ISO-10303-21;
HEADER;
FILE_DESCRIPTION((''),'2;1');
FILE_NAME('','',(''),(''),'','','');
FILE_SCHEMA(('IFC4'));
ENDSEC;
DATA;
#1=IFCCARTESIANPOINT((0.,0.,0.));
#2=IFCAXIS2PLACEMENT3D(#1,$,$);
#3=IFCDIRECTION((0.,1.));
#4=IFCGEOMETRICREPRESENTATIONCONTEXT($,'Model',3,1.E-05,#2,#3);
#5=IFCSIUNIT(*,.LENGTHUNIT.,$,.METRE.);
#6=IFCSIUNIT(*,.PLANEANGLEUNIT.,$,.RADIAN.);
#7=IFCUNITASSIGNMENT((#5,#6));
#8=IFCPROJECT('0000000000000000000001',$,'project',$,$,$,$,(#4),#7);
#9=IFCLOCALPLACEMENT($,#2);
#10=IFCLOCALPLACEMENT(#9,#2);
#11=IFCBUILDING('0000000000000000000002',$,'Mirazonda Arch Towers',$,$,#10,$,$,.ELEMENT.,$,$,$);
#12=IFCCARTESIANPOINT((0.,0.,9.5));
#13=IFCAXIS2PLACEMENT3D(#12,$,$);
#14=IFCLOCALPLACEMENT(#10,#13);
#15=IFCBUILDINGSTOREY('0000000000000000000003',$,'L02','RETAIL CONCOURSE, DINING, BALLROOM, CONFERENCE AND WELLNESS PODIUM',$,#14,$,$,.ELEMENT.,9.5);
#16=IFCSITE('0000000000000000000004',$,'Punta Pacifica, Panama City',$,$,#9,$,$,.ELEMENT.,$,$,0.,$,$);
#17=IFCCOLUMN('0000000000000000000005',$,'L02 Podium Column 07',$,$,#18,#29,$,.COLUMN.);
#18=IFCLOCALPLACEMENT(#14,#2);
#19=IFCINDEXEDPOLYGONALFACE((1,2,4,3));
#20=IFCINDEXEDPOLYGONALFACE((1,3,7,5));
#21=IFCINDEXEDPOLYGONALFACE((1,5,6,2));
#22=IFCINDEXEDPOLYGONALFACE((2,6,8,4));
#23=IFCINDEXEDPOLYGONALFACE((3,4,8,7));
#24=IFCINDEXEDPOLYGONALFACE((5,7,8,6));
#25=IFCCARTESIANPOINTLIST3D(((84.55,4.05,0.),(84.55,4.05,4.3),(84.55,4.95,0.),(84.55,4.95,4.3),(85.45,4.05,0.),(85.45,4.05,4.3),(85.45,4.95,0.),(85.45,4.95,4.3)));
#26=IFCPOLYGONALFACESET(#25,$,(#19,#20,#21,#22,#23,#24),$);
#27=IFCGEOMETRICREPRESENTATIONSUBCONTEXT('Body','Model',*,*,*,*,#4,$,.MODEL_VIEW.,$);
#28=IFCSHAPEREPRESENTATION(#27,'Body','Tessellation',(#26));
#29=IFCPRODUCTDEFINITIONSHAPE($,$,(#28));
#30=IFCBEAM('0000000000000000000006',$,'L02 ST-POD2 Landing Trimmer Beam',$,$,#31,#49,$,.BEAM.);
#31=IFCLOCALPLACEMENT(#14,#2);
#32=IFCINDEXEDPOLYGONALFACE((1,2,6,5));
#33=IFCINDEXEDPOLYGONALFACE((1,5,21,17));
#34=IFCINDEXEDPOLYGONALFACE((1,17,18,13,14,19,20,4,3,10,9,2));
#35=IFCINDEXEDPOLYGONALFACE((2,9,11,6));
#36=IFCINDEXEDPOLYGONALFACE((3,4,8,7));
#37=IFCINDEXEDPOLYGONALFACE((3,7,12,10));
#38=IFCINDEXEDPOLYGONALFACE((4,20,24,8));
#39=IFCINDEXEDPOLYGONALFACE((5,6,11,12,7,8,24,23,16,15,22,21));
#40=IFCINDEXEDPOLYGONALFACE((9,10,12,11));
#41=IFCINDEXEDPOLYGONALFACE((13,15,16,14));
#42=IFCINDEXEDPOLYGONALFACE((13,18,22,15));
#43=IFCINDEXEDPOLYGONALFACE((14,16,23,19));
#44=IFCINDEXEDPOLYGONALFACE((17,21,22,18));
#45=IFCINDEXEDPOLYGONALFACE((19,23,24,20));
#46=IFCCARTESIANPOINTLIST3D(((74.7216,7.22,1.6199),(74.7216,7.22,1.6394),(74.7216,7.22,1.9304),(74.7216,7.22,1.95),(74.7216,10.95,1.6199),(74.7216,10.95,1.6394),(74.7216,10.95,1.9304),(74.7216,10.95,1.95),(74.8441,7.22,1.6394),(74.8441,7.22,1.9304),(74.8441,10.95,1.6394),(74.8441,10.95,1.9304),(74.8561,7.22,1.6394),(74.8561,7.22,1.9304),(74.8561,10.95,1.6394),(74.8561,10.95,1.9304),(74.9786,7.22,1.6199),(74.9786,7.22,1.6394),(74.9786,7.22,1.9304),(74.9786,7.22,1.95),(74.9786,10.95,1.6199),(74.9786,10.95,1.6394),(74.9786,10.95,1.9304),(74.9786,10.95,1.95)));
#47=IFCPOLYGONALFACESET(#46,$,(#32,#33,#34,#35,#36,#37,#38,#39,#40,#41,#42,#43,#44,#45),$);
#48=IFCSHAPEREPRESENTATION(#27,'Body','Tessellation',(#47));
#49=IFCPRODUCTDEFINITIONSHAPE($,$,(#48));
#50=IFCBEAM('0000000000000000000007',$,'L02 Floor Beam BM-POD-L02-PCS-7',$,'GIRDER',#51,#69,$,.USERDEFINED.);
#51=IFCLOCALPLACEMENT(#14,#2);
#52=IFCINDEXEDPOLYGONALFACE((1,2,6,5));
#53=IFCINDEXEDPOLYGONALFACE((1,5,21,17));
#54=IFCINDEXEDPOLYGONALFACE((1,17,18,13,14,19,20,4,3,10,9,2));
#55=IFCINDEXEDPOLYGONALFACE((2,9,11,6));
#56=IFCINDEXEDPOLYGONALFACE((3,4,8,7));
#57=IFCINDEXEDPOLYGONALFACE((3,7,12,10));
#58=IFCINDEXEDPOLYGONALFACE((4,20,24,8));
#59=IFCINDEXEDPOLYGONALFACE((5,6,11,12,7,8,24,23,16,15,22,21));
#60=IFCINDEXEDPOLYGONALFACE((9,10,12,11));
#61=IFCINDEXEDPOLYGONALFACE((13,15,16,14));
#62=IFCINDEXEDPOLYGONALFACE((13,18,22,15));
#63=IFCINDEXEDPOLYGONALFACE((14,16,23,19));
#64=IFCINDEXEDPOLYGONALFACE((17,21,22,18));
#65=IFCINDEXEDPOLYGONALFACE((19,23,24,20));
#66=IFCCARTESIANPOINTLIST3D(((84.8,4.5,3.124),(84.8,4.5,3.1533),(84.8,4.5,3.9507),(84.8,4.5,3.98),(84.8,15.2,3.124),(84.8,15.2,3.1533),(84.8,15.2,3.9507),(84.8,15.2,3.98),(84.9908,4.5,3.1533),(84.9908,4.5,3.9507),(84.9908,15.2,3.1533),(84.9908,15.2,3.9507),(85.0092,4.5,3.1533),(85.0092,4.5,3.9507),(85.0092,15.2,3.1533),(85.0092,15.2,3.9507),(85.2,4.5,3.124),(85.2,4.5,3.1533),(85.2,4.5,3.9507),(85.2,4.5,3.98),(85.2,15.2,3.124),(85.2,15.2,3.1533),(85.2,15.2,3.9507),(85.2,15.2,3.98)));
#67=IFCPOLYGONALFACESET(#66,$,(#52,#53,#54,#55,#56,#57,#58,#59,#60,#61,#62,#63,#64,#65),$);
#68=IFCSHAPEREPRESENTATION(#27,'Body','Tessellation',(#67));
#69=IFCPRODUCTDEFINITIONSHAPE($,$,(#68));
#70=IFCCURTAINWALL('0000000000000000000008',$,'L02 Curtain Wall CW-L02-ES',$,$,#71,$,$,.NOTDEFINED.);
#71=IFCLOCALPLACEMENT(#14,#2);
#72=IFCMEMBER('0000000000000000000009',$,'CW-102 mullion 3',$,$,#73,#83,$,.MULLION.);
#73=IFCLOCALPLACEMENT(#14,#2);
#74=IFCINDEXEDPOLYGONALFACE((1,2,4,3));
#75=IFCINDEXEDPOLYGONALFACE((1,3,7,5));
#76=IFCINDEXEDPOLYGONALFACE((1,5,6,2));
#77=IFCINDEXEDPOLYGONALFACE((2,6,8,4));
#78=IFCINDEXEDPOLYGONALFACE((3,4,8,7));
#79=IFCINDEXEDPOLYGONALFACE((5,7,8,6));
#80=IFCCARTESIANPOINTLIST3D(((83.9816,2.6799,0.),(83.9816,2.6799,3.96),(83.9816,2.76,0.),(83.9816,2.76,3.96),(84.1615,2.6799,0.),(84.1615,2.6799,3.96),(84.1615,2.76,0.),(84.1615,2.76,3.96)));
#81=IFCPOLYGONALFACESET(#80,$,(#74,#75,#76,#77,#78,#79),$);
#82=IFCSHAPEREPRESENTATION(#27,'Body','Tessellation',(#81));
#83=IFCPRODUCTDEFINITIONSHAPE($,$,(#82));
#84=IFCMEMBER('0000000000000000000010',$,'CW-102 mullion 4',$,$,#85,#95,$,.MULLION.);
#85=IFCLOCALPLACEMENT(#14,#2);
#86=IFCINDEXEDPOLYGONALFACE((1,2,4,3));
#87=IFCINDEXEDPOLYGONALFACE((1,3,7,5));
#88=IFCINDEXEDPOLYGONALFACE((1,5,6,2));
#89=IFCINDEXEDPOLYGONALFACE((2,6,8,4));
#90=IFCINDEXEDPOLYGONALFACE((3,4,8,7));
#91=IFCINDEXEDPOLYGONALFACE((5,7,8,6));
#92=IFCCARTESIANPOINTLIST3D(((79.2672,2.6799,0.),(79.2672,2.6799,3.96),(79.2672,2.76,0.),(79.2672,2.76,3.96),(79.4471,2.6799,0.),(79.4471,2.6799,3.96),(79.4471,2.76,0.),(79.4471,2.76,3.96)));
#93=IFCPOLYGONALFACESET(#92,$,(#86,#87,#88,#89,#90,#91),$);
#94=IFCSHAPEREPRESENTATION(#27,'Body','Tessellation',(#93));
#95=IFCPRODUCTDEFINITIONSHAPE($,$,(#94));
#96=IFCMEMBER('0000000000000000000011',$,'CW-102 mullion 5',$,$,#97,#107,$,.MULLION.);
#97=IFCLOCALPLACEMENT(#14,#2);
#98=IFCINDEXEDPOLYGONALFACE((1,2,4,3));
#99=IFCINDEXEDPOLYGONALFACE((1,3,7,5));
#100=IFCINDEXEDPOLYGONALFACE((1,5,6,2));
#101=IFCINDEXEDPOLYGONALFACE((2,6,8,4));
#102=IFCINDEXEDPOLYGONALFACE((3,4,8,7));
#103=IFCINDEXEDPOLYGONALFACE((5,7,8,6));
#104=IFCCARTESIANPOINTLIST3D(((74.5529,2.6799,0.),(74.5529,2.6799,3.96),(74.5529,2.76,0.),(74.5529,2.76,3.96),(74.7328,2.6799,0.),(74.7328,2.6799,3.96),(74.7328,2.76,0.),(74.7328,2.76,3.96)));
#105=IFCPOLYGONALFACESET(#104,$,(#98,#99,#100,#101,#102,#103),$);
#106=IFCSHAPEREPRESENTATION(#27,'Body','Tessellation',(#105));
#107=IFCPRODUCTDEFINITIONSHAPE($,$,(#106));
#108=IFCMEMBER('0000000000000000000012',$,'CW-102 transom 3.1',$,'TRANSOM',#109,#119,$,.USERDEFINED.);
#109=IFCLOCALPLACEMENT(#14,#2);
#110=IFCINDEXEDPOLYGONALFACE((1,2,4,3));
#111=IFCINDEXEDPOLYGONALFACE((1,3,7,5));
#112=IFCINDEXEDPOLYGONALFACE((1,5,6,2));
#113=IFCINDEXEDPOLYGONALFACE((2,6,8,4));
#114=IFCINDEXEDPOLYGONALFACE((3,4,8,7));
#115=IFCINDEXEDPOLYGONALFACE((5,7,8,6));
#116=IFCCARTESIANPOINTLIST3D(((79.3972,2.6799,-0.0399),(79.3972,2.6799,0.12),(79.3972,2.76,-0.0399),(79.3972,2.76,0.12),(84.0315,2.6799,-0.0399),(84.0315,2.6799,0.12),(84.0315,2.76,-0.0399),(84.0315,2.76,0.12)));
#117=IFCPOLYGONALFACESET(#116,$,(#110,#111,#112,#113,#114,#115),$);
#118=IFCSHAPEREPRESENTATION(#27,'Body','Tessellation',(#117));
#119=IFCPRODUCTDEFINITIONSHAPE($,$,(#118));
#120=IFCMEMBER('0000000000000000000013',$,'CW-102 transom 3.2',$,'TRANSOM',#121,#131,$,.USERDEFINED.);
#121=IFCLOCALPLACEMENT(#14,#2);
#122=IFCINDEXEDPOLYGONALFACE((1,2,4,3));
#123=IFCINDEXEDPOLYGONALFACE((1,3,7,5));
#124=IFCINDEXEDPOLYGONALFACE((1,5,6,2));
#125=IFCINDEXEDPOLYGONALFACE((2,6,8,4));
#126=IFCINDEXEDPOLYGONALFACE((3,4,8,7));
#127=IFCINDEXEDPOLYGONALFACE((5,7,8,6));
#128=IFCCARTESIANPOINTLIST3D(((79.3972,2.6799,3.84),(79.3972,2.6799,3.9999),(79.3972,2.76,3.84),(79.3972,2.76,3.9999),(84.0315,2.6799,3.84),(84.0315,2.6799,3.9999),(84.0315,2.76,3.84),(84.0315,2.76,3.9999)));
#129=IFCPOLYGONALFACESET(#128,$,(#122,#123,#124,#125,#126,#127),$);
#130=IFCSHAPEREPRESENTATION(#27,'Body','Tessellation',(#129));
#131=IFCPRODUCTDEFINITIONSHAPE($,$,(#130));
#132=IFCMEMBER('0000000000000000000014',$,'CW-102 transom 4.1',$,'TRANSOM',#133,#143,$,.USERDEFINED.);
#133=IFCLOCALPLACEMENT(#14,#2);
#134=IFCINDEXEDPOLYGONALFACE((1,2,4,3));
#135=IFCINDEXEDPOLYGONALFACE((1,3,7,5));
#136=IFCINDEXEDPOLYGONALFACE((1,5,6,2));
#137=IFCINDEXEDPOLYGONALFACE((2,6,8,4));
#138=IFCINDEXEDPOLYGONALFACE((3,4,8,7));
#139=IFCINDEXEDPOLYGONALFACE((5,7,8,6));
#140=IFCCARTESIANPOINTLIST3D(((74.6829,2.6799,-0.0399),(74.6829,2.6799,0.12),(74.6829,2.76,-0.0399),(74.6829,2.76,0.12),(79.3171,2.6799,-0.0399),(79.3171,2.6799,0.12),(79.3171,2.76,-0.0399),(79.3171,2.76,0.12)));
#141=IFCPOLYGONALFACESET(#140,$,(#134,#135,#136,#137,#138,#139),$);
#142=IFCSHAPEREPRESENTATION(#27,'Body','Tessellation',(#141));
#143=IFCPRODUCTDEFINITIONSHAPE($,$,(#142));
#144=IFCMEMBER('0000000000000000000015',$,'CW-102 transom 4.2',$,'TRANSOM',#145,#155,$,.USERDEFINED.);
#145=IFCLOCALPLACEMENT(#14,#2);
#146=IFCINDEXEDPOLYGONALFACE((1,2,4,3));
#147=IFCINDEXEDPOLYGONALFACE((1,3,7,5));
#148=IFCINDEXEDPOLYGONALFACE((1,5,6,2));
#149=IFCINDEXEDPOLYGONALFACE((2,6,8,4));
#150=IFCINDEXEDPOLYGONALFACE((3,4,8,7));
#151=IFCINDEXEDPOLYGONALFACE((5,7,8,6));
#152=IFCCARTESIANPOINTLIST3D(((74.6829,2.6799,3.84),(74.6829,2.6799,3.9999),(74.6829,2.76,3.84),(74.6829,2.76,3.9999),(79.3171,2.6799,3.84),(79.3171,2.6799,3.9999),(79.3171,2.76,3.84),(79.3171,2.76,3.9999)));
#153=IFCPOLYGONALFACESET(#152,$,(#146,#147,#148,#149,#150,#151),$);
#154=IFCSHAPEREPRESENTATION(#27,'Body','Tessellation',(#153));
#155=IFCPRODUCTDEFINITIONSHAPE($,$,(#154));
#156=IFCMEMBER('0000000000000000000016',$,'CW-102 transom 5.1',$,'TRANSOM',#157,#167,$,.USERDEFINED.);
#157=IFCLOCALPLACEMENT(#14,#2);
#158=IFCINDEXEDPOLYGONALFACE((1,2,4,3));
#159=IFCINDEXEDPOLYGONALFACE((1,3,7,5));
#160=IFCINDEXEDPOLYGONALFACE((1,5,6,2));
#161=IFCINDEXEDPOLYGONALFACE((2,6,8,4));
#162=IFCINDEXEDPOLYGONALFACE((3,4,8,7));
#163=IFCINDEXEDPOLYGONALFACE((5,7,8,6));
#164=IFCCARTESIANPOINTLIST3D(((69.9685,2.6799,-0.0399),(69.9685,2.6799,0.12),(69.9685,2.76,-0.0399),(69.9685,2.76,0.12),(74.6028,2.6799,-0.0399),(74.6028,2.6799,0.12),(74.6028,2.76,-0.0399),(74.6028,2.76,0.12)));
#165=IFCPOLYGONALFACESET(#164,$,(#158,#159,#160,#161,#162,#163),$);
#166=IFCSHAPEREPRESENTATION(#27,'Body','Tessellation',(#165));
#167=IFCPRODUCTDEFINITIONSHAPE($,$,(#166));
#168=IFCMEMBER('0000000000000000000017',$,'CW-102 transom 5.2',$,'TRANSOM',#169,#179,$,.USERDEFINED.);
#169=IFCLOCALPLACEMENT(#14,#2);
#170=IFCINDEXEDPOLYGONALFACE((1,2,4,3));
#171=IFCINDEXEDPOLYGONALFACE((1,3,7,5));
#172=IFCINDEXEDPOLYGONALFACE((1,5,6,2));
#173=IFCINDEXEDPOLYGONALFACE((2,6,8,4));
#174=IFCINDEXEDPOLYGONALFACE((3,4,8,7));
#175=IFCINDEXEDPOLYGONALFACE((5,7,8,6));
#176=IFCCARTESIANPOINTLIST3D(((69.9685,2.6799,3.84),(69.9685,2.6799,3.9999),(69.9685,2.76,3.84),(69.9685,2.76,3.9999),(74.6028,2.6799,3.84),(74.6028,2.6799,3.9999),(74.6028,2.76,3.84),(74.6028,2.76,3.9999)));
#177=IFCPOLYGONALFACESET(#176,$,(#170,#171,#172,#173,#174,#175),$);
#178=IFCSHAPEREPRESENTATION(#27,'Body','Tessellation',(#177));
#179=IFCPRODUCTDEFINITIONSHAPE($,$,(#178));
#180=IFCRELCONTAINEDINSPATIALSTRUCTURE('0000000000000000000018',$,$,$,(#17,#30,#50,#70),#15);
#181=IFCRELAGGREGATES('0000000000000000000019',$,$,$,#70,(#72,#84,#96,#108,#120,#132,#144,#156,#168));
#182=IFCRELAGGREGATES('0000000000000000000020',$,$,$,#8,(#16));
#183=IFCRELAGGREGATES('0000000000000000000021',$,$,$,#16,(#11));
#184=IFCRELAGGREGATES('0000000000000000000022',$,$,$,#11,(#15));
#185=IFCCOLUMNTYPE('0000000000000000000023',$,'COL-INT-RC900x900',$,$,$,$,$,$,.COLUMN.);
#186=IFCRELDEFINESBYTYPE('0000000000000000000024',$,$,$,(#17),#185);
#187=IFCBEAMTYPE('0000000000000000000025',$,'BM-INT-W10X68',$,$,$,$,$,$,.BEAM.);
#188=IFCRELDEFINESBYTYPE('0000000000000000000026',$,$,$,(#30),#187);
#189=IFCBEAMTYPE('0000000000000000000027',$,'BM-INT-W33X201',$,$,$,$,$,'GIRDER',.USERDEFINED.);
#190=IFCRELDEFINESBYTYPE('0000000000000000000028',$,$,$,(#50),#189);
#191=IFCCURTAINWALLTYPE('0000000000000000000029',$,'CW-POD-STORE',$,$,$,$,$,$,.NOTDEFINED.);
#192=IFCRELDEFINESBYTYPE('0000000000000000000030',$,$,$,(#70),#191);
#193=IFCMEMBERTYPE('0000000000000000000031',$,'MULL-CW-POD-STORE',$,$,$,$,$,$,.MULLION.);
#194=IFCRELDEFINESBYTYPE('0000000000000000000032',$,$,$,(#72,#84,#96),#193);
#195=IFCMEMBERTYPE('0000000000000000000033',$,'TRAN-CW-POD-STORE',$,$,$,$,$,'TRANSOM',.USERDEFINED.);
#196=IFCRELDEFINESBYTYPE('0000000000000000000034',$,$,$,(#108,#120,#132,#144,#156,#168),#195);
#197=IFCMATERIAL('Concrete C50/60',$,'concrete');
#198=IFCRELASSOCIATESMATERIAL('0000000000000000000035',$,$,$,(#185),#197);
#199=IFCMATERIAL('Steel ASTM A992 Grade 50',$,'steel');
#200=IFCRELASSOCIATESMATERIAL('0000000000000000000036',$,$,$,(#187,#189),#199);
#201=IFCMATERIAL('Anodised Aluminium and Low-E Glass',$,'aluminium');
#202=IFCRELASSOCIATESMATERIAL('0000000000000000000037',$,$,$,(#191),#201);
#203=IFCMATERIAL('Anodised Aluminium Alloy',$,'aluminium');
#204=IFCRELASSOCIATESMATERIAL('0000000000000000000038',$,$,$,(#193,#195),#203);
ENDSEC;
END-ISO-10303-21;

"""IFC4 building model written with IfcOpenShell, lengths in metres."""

from ifc_helpers import new_model, si_unit, direction, frame, origin, origin_2d, place, context, subcontext, project, spatial, rectangle, i_section, extrude, material, material_profile, profile_set, type_object, element, aggregate, save


model = new_model("IFC4")

# Units and contexts
model_context = context("Model", 3, precision=1e-05, world=origin(), true_north=direction((0.0, 1.0)))
body_context = subcontext(model_context, "Body", "Model", "MODEL_VIEW")
ifc_project = project(units=[si_unit("LENGTHUNIT", "METRE"), si_unit("PLANEANGLEUNIT", "RADIAN")], contexts=[model_context])

# Site, building, storey
site_placement = place(None, origin())
site = spatial("IfcSite", under=ifc_project, at=site_placement, Name="Punta Pacifica, Panama City", CompositionType="ELEMENT", RefElevation=0.0)
building_placement = place(site_placement, origin())
building = spatial("IfcBuilding", under=site, at=building_placement, Name="Mirazonda Arch Towers", CompositionType="ELEMENT")
storey_placement = place(building_placement, frame((0.0, 0.0, 9.5)))
storey = spatial("IfcBuildingStorey", under=building, at=storey_placement, Name="L02", Description="RETAIL CONCOURSE, DINING, BALLROOM, CONFERENCE AND WELLNESS PODIUM", CompositionType="ELEMENT", Elevation=9.5)

# Column
ifc_material_1 = material(Name="Concrete C50/60", Category="concrete")
ifc_material_profile_1 = material_profile(ifc_material_1, rectangle(XDim=0.8999, YDim=0.8999, at=origin_2d()), Name="RC900x900")
ifc_profile_set_1 = profile_set([ifc_material_profile_1], Name="Concrete C50/60")
column_type = type_object("IfcColumnType", Name="COL-INT-RC900x900", PredefinedType="COLUMN", material=ifc_profile_set_1)
column_placement = place(storey_placement, frame((85.0, 4.5, 0.0), z_axis=(0.0, 0.0, 1.0), x_axis=(1.0, 0.0, 0.0)))
element("IfcColumn", 1, at=column_placement, inside=storey, type_object=column_type, Name="L02 Podium Column 07", PredefinedType="COLUMN", context=body_context, shape_type="SweptSolid", body=[
    extrude(rectangle(XDim=0.8999, YDim=0.8999, at=origin_2d()), origin(), (0.0, 0.0, 1.0), 4.3),
])

# Beams
ifc_material_2 = material(Name="Steel ASTM A992 Grade 50", Category="steel")
ifc_material_profile_2 = material_profile(ifc_material_2, i_section(OverallWidth=0.2571, OverallDepth=0.3301, WebThickness=0.012, FlangeThickness=0.0195, at=origin_2d()), Name="W10X68")
ifc_profile_set_2 = profile_set([ifc_material_profile_2], Name="Steel ASTM A992 Grade 50")
beam_type_1 = type_object("IfcBeamType", Name="BM-INT-W10X68", PredefinedType="BEAM", material=ifc_profile_set_2)
beam_1_placement = place(storey_placement, frame((74.8501, 7.22, 1.7849), z_axis=(0.0, 1.0, 0.0), x_axis=(-1.0, 0.0, 0.0)))
element("IfcBeam", 2, at=beam_1_placement, inside=storey, type_object=beam_type_1, Name="L02 ST-POD2 Landing Trimmer Beam", PredefinedType="BEAM", context=body_context, shape_type="SweptSolid", body=[
    extrude(i_section(OverallWidth=0.2571, OverallDepth=0.3301, WebThickness=0.012, FlangeThickness=0.0195, at=origin_2d()), origin(), (0.0, 0.0, 1.0), 3.73),
])
ifc_material_profile_3 = material_profile(ifc_material_2, i_section(OverallWidth=0.3999, OverallDepth=0.856, WebThickness=0.0183, FlangeThickness=0.0293, at=origin_2d()), Name="W33X201")
ifc_profile_set_3 = profile_set([ifc_material_profile_3], Name="Steel ASTM A992 Grade 50")
beam_type_2 = type_object("IfcBeamType", Name="BM-INT-W33X201", ElementType="GIRDER", PredefinedType="USERDEFINED", material=ifc_profile_set_3)
beam_2_placement = place(storey_placement, frame((85.0, 4.5, 3.552), z_axis=(0.0, 1.0, 0.0), x_axis=(-1.0, 0.0, 0.0)))
element("IfcBeam", 3, at=beam_2_placement, inside=storey, type_object=beam_type_2, Name="L02 Floor Beam BM-POD-L02-PCS-7", ObjectType="GIRDER", PredefinedType="USERDEFINED", context=body_context, shape_type="SweptSolid", body=[
    extrude(i_section(OverallWidth=0.3999, OverallDepth=0.856, WebThickness=0.0183, FlangeThickness=0.0293, at=origin_2d()), origin(), (0.0, 0.0, 1.0), 10.7),
])

# Curtain wall, members
ifc_material_3 = material(Name="Anodised Aluminium and Low-E Glass", Category="aluminium")
curtain_wall_type = type_object("IfcCurtainWallType", Name="CW-POD-STORE", PredefinedType="NOTDEFINED", material=ifc_material_3)
curtain_wall_placement = place(storey_placement, origin())
curtain_wall = element("IfcCurtainWall", 4, at=curtain_wall_placement, inside=storey, type_object=curtain_wall_type, Name="L02 Curtain Wall CW-L02-ES", PredefinedType="NOTDEFINED")
ifc_material_4 = material(Name="Anodised Aluminium Alloy", Category="aluminium")
ifc_material_profile_4 = material_profile(ifc_material_4, rectangle(XDim=0.0801, YDim=0.1799, at=origin_2d()), Name="ALU-MULL-80x180")
ifc_profile_set_4 = profile_set([ifc_material_profile_4], Name="Anodised Aluminium Alloy")
member_type_1 = type_object("IfcMemberType", Name="MULL-CW-POD-STORE", PredefinedType="MULLION", material=ifc_profile_set_4)
member_1_placement = place(storey_placement, frame((84.0715, 2.72, 0.0), z_axis=(0.0, 0.0, 1.0), x_axis=(0.0, -1.0, 0.0)))
member_1 = element("IfcMember", 5, at=member_1_placement, type_object=member_type_1, Name="CW-102 mullion 3", PredefinedType="MULLION", context=body_context, shape_type="SweptSolid", body=[
    extrude(rectangle(XDim=0.0801, YDim=0.1799, at=origin_2d()), origin(), (0.0, 0.0, 1.0), 3.96),
])
member_2_placement = place(storey_placement, frame((79.3572, 2.72, 0.0), z_axis=(0.0, 0.0, 1.0), x_axis=(0.0, -1.0, 0.0)))
member_2 = element("IfcMember", 6, at=member_2_placement, type_object=member_type_1, Name="CW-102 mullion 4", PredefinedType="MULLION", context=body_context, shape_type="SweptSolid", body=[
    extrude(rectangle(XDim=0.0801, YDim=0.1799, at=origin_2d()), origin(), (0.0, 0.0, 1.0), 3.96),
])
member_3_placement = place(storey_placement, frame((74.6428, 2.72, 0.0), z_axis=(0.0, 0.0, 1.0), x_axis=(0.0, -1.0, 0.0)))
member_3 = element("IfcMember", 7, at=member_3_placement, type_object=member_type_1, Name="CW-102 mullion 5", PredefinedType="MULLION", context=body_context, shape_type="SweptSolid", body=[
    extrude(rectangle(XDim=0.0801, YDim=0.1799, at=origin_2d()), origin(), (0.0, 0.0, 1.0), 3.96),
])
ifc_material_profile_5 = material_profile(ifc_material_4, rectangle(XDim=0.0801, YDim=0.1599, at=origin_2d()), Name="ALU-TRAN-80x160")
ifc_profile_set_5 = profile_set([ifc_material_profile_5], Name="Anodised Aluminium Alloy")
member_type_2 = type_object("IfcMemberType", Name="TRAN-CW-POD-STORE", ElementType="TRANSOM", PredefinedType="USERDEFINED", material=ifc_profile_set_5)
member_4_placement = place(storey_placement, frame((84.0315, 2.72, 0.04), z_axis=(-1.0, 0.0, 0.0), x_axis=(0.0, -1.0, 0.0)))
member_4 = element("IfcMember", 8, at=member_4_placement, type_object=member_type_2, Name="CW-102 transom 3.1", ObjectType="TRANSOM", PredefinedType="USERDEFINED", context=body_context, shape_type="SweptSolid", body=[
    extrude(rectangle(XDim=0.0801, YDim=0.1599, at=origin_2d()), origin(), (0.0, 0.0, 1.0), 4.6343),
])
member_5_placement = place(storey_placement, frame((84.0315, 2.72, 3.9199), z_axis=(-1.0, 0.0, 0.0), x_axis=(0.0, -1.0, 0.0)))
member_5 = element("IfcMember", 9, at=member_5_placement, type_object=member_type_2, Name="CW-102 transom 3.2", ObjectType="TRANSOM", PredefinedType="USERDEFINED", context=body_context, shape_type="SweptSolid", body=[
    extrude(rectangle(XDim=0.0801, YDim=0.1599, at=origin_2d()), origin(), (0.0, 0.0, 1.0), 4.6343),
])
member_6_placement = place(storey_placement, frame((79.3171, 2.72, 0.04), z_axis=(-1.0, 0.0, 0.0), x_axis=(0.0, -1.0, 0.0)))
member_6 = element("IfcMember", 10, at=member_6_placement, type_object=member_type_2, Name="CW-102 transom 4.1", ObjectType="TRANSOM", PredefinedType="USERDEFINED", context=body_context, shape_type="SweptSolid", body=[
    extrude(rectangle(XDim=0.0801, YDim=0.1599, at=origin_2d()), origin(), (0.0, 0.0, 1.0), 4.6343),
])
member_7_placement = place(storey_placement, frame((79.3171, 2.72, 3.9199), z_axis=(-1.0, 0.0, 0.0), x_axis=(0.0, -1.0, 0.0)))
member_7 = element("IfcMember", 11, at=member_7_placement, type_object=member_type_2, Name="CW-102 transom 4.2", ObjectType="TRANSOM", PredefinedType="USERDEFINED", context=body_context, shape_type="SweptSolid", body=[
    extrude(rectangle(XDim=0.0801, YDim=0.1599, at=origin_2d()), origin(), (0.0, 0.0, 1.0), 4.6343),
])
member_8_placement = place(storey_placement, frame((74.6028, 2.72, 0.04), z_axis=(-1.0, 0.0, 0.0), x_axis=(0.0, -1.0, 0.0)))
member_8 = element("IfcMember", 12, at=member_8_placement, type_object=member_type_2, Name="CW-102 transom 5.1", ObjectType="TRANSOM", PredefinedType="USERDEFINED", context=body_context, shape_type="SweptSolid", body=[
    extrude(rectangle(XDim=0.0801, YDim=0.1599, at=origin_2d()), origin(), (0.0, 0.0, 1.0), 4.6343),
])
member_9_placement = place(storey_placement, frame((74.6028, 2.72, 3.9199), z_axis=(-1.0, 0.0, 0.0), x_axis=(0.0, -1.0, 0.0)))
member_9 = element("IfcMember", 13, at=member_9_placement, type_object=member_type_2, Name="CW-102 transom 5.2", ObjectType="TRANSOM", PredefinedType="USERDEFINED", context=body_context, shape_type="SweptSolid", body=[
    extrude(rectangle(XDim=0.0801, YDim=0.1599, at=origin_2d()), origin(), (0.0, 0.0, 1.0), 4.6343),
])
aggregate(curtain_wall, [member_1, member_2, member_3, member_4, member_5, member_6, member_7, member_8, member_9])

save(model, "model.ifc")
